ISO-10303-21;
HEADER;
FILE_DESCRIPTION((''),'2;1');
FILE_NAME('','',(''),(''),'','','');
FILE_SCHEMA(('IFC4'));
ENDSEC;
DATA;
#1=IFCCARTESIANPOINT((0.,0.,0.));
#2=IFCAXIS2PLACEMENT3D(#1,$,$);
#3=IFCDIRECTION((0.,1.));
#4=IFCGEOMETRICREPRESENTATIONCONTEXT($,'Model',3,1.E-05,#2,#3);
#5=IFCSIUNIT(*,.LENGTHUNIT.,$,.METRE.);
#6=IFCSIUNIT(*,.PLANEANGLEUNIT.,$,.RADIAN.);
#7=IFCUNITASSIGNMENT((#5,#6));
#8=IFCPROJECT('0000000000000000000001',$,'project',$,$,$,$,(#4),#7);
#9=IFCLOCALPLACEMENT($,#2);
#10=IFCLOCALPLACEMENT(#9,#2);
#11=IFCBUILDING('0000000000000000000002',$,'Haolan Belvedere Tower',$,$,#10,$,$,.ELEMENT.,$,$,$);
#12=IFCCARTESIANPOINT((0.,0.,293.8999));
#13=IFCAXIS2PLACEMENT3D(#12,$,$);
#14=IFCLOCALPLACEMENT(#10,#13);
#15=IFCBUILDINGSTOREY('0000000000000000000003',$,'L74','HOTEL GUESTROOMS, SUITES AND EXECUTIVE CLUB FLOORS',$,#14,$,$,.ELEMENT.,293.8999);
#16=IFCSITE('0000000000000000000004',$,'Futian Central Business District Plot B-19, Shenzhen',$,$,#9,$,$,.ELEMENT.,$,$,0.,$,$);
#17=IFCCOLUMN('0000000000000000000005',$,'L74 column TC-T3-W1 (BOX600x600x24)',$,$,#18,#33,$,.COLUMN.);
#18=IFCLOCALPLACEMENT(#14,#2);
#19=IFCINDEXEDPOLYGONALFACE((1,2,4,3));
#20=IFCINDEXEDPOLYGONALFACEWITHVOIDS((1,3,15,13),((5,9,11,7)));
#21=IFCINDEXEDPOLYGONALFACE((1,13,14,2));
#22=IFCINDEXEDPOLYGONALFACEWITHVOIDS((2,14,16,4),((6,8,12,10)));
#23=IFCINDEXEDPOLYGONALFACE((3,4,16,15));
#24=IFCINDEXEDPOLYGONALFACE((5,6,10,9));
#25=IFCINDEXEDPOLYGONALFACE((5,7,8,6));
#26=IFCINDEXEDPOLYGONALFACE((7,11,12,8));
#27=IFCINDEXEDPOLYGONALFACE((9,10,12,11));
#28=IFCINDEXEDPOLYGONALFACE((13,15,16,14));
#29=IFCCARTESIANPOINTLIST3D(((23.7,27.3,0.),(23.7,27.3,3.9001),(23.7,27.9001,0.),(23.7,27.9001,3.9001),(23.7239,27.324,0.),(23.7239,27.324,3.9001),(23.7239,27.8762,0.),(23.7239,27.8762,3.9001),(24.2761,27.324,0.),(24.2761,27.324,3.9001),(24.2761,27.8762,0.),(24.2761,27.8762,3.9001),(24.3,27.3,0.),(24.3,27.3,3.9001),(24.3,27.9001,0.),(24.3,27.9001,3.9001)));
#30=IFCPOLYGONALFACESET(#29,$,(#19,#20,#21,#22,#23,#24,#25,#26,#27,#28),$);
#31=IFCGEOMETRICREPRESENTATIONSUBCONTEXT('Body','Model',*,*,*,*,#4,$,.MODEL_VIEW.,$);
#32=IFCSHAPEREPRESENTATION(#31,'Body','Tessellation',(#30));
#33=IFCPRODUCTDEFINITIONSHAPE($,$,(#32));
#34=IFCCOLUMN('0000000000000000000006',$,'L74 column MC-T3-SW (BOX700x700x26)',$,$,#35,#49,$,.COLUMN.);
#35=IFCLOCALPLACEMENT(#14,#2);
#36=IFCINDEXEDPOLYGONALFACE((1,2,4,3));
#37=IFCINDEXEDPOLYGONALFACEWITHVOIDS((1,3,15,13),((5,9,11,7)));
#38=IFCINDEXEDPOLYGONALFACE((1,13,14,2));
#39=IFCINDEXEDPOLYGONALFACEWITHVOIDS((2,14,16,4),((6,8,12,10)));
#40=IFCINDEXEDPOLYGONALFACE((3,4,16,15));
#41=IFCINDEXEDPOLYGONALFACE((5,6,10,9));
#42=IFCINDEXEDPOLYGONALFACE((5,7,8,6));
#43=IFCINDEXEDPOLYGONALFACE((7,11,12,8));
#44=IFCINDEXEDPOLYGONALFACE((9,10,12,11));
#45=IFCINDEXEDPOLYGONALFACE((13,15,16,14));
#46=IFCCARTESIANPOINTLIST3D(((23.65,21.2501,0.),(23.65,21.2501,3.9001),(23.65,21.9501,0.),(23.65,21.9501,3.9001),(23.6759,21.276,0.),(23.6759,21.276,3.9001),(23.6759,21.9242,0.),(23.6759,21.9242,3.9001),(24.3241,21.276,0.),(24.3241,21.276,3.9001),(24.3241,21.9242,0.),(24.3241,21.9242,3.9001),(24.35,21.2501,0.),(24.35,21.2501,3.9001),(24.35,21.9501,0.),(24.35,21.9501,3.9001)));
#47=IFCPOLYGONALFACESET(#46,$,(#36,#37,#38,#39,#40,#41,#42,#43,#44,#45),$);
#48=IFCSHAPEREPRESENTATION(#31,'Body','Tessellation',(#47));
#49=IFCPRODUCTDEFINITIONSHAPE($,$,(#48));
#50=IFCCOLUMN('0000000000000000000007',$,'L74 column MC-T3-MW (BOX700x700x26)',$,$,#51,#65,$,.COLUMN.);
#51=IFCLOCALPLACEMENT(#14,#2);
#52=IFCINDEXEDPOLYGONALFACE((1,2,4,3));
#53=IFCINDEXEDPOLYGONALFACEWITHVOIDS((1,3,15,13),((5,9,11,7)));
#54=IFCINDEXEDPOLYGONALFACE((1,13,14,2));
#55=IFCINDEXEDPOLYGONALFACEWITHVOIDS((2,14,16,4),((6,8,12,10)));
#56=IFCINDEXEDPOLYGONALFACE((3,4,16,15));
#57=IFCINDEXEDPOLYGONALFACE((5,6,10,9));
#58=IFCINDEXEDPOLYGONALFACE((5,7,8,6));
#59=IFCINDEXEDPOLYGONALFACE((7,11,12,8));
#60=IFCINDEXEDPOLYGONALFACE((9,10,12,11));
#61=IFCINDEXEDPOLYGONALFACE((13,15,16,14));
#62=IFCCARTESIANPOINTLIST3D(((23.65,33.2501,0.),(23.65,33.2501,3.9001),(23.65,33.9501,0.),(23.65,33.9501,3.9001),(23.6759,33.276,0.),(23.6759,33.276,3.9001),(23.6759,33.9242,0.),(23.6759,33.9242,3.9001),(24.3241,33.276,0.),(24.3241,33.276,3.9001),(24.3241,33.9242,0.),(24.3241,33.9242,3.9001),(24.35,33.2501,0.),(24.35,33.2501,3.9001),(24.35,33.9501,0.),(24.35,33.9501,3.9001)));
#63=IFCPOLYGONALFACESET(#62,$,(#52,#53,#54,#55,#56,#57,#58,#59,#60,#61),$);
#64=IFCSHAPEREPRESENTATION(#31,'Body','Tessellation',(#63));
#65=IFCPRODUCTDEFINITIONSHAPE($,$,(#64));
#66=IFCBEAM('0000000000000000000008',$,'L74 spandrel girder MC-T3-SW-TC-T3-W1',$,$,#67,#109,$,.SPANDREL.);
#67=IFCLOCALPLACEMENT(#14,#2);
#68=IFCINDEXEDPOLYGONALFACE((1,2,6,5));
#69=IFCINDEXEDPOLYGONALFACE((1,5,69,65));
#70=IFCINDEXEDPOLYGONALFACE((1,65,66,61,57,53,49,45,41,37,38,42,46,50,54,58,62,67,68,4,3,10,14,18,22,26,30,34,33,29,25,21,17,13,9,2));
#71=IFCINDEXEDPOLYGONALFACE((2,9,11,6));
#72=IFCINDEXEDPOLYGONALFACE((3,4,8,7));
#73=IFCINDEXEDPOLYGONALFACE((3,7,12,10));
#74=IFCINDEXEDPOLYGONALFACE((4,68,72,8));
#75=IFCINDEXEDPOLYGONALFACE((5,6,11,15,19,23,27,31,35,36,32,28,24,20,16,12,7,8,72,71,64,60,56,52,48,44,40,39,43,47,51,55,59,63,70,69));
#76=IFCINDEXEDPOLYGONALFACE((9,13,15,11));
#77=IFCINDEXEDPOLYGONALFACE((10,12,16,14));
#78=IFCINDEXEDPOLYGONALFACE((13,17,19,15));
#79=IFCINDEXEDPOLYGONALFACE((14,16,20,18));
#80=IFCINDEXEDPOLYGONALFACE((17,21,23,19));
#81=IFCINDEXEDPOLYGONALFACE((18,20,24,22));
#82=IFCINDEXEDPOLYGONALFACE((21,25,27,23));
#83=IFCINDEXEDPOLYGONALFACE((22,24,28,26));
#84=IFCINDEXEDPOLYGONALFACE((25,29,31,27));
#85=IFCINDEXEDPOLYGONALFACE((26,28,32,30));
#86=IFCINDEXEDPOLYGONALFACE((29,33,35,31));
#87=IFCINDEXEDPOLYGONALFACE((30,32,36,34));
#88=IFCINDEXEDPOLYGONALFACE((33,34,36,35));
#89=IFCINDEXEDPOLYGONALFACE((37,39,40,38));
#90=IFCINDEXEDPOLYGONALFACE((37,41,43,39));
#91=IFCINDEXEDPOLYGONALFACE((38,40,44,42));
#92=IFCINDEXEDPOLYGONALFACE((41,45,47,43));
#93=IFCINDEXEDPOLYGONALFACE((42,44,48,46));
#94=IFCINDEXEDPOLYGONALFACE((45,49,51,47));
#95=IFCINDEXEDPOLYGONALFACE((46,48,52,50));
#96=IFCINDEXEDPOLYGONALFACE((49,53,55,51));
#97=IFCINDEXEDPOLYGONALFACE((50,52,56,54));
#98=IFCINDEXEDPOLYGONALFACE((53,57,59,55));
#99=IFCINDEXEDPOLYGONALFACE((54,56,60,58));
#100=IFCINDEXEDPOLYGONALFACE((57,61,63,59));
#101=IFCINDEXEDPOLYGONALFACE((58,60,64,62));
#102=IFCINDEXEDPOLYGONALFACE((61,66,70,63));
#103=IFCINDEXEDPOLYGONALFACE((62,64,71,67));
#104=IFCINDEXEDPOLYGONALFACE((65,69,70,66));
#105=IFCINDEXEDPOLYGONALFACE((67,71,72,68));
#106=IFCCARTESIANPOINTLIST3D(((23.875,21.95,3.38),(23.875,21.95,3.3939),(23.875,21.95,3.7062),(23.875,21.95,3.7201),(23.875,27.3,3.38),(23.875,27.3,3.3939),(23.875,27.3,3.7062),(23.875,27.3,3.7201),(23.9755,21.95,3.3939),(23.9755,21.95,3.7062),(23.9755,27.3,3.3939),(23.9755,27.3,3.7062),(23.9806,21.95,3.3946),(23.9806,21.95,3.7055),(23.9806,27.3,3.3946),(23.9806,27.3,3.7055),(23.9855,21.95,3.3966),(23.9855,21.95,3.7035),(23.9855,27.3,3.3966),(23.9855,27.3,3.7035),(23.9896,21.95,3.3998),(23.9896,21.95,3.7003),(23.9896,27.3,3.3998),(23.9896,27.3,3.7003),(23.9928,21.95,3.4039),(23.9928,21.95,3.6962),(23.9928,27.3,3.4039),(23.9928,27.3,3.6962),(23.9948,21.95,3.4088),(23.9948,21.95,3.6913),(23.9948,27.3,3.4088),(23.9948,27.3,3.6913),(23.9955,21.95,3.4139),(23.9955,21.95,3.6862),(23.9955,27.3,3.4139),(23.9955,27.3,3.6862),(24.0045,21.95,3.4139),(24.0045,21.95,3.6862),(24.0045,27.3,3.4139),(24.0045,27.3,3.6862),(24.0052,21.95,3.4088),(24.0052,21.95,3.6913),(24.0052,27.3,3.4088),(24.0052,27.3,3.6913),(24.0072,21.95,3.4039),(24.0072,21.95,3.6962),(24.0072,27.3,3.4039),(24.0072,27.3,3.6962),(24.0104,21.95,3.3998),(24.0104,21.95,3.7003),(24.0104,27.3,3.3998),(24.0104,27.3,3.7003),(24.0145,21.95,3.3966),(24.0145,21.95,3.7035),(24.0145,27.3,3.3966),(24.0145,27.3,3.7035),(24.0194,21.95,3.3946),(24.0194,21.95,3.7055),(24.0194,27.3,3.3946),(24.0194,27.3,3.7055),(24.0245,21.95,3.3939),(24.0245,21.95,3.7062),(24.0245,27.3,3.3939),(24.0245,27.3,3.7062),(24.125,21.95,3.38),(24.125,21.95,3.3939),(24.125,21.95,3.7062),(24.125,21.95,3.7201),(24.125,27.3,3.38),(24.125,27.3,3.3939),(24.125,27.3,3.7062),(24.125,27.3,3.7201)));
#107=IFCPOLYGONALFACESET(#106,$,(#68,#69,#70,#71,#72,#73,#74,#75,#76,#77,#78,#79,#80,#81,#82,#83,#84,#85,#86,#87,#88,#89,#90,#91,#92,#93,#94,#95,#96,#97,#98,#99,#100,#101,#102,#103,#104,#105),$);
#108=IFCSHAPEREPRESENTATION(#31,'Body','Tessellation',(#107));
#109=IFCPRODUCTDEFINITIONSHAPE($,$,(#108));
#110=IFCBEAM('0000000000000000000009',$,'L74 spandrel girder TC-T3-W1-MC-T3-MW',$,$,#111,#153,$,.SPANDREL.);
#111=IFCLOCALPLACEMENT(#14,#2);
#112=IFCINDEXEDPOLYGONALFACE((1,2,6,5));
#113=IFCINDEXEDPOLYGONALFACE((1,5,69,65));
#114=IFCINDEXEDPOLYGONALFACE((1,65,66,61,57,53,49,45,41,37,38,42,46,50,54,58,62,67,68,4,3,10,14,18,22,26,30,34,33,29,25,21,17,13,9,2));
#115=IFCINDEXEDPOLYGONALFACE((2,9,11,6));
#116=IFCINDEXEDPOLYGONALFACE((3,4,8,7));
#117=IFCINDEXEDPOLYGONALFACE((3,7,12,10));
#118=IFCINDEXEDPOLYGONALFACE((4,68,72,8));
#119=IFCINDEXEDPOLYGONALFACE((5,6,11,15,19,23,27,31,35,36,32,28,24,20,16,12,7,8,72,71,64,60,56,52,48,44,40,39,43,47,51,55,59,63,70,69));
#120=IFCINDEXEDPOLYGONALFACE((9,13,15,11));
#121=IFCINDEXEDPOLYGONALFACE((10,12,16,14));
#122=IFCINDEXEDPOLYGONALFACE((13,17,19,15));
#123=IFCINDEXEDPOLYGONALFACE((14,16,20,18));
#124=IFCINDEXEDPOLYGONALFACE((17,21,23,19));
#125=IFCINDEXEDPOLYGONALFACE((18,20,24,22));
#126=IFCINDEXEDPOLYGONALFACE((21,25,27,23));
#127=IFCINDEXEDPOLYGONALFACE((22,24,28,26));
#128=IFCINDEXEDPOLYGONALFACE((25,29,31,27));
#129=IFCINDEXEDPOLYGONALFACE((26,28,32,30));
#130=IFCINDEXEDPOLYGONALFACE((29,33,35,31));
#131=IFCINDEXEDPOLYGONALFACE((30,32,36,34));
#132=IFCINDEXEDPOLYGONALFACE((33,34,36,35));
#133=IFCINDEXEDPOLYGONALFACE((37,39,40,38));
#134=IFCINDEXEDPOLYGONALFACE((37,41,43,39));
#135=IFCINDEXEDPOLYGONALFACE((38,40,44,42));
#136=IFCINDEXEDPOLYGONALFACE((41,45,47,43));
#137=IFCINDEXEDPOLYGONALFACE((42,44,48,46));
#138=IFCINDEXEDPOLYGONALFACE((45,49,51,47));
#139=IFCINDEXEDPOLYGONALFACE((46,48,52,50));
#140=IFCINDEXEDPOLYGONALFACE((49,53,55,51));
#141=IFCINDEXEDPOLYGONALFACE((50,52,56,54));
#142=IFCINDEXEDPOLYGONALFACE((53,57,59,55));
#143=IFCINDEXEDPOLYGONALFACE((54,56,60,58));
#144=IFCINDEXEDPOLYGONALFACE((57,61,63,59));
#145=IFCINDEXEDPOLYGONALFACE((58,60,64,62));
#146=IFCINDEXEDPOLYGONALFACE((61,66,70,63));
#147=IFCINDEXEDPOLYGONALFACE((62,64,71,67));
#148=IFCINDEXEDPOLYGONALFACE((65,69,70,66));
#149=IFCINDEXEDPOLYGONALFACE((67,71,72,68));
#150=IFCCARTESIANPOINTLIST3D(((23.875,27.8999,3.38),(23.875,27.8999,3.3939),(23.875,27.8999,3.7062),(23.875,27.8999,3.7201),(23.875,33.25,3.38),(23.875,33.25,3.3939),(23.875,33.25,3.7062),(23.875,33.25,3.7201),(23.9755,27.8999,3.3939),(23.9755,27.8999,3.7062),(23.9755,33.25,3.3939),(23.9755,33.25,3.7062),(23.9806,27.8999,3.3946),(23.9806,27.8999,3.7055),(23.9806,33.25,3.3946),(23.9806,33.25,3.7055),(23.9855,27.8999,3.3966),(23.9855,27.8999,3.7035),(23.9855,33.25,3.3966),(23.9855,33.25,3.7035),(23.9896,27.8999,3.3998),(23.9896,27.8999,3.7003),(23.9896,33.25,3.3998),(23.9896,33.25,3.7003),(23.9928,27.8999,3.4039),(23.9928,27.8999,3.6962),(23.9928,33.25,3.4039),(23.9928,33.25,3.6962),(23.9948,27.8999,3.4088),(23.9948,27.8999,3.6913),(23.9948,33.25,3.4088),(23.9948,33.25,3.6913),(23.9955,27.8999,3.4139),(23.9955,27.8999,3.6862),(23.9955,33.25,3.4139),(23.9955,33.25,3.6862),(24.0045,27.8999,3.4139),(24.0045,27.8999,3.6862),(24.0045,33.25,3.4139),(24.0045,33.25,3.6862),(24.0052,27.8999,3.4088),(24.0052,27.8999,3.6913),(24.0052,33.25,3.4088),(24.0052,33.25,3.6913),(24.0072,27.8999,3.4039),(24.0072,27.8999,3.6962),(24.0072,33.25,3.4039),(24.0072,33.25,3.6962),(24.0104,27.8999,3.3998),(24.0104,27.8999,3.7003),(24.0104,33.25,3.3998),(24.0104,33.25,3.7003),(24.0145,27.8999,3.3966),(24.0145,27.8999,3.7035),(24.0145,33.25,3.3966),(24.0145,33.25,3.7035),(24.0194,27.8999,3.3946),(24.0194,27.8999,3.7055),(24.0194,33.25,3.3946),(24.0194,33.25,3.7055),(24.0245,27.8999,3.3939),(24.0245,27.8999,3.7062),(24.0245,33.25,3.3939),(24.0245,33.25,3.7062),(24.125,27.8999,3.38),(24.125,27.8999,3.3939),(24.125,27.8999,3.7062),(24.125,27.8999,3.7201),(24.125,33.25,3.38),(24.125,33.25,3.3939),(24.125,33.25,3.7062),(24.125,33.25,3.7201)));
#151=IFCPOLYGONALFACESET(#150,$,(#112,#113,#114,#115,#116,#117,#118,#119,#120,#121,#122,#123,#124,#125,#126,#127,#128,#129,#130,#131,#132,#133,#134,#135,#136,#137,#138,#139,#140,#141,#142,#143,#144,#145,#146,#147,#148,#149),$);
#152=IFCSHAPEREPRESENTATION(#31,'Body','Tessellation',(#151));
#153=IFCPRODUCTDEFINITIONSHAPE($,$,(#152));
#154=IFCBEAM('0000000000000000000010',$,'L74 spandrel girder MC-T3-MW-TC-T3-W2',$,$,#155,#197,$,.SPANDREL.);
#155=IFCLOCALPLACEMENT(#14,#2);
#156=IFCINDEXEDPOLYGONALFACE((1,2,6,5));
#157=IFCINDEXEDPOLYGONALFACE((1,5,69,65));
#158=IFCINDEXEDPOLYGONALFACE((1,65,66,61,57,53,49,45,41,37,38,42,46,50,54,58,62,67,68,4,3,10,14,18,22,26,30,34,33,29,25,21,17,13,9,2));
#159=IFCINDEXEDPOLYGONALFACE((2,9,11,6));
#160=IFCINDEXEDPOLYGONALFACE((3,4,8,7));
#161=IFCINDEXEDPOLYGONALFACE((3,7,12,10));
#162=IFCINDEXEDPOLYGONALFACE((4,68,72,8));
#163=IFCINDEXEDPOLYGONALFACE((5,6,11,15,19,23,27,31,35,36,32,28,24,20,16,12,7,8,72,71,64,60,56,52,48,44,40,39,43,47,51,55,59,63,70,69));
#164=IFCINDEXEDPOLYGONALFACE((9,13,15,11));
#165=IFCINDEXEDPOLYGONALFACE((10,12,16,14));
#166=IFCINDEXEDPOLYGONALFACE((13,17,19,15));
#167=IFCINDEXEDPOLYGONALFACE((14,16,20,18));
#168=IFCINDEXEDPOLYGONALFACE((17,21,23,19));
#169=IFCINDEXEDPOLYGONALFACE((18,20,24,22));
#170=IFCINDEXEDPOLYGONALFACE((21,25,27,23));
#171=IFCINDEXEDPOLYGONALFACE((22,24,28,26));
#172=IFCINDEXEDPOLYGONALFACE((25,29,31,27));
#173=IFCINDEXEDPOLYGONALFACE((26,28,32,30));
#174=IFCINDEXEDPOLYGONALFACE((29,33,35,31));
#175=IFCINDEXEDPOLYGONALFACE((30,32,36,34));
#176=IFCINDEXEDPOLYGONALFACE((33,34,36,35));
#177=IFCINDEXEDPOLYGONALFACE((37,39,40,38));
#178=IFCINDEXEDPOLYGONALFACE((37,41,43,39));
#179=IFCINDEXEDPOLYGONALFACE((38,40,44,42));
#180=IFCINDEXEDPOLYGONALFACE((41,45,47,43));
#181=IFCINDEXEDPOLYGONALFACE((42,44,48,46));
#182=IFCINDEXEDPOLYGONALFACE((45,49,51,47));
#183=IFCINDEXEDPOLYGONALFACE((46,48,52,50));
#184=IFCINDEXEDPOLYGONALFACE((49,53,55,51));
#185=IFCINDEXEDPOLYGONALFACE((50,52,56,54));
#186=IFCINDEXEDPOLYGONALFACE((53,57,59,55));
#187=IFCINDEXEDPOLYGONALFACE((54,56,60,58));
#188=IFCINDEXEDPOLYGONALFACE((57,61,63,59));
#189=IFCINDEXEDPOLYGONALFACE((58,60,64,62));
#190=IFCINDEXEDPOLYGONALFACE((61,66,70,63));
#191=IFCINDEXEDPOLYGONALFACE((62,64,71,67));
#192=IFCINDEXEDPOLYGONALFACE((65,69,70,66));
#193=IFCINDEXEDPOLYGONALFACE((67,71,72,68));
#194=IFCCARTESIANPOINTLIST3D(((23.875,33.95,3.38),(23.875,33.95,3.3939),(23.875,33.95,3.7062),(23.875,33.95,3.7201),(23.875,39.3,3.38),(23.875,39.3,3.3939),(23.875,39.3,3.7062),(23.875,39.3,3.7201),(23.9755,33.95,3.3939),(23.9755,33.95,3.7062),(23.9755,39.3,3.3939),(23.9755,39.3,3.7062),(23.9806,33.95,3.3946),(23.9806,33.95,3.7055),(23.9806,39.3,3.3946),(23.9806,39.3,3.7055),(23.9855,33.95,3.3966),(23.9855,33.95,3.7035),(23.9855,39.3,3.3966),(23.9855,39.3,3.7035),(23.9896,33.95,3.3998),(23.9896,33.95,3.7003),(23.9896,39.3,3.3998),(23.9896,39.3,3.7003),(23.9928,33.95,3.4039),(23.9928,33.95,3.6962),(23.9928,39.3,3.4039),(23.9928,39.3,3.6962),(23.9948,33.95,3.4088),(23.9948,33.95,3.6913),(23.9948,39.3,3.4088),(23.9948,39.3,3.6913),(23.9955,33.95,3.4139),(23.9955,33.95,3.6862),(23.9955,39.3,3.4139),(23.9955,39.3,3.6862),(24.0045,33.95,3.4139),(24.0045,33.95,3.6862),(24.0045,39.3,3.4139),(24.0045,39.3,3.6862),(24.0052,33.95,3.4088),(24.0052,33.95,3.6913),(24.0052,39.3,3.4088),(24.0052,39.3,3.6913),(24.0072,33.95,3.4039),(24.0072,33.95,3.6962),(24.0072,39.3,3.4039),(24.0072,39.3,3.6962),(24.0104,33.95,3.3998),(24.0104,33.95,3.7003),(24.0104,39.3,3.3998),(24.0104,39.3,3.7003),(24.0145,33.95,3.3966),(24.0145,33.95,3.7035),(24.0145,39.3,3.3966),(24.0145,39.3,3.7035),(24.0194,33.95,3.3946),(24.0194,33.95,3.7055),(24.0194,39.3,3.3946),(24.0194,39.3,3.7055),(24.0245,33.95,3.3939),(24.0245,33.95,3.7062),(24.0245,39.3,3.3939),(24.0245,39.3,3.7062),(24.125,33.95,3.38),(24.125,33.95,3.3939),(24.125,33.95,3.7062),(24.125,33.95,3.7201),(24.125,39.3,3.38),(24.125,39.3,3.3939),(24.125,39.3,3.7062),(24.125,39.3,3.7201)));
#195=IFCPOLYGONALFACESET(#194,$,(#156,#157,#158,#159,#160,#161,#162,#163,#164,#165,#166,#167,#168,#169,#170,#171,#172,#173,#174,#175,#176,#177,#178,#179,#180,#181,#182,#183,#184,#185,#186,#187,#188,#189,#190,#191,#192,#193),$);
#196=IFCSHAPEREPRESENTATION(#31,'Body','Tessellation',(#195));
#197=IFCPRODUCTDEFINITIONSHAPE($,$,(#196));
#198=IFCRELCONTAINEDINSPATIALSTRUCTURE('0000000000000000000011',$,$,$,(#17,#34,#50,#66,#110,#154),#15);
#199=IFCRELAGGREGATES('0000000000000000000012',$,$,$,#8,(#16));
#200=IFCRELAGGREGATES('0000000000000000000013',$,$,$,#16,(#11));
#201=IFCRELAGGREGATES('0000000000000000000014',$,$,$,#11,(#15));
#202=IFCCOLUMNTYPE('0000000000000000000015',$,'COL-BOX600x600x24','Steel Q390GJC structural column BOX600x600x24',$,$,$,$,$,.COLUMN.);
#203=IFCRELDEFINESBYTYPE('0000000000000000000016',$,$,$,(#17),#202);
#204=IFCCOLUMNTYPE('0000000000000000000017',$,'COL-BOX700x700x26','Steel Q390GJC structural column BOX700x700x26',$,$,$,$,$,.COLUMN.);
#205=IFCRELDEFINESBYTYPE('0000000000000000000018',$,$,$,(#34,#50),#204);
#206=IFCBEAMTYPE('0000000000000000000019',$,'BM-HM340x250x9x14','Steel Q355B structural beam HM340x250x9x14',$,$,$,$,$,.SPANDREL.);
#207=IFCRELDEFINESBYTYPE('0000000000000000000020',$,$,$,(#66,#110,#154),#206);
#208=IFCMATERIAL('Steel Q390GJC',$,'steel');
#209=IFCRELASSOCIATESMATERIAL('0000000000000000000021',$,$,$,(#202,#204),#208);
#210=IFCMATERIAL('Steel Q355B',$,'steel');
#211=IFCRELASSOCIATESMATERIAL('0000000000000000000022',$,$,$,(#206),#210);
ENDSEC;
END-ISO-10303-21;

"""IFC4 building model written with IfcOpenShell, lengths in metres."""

from ifc_helpers import new_model, si_unit, direction, frame, origin, origin_2d, place, context, subcontext, project, spatial, hollow_rectangle, i_section, extrude, material, material_profile, profile_set, type_object, element, save


model = new_model("IFC4")

# Units and contexts
model_context = context("Model", 3, precision=1e-05, world=origin(), true_north=direction((0.0, 1.0)))
body_context = subcontext(model_context, "Body", "Model", "MODEL_VIEW")
ifc_project = project(units=[si_unit("LENGTHUNIT", "METRE"), si_unit("PLANEANGLEUNIT", "RADIAN")], contexts=[model_context])

# Site, building, storey
site_placement = place(None, origin())
site = spatial("IfcSite", under=ifc_project, at=site_placement, Name="Futian Central Business District Plot B-19, Shenzhen", CompositionType="ELEMENT", RefElevation=0.0)
building_placement = place(site_placement, origin())
building = spatial("IfcBuilding", under=site, at=building_placement, Name="Haolan Belvedere Tower", CompositionType="ELEMENT")
storey_placement = place(building_placement, frame((0.0, 0.0, 293.8999)))
storey = spatial("IfcBuildingStorey", under=building, at=storey_placement, Name="L74", Description="HOTEL GUESTROOMS, SUITES AND EXECUTIVE CLUB FLOORS", CompositionType="ELEMENT", Elevation=293.8999)

# Columns
ifc_material_1 = material(Name="Steel Q390GJC", Category="steel")
ifc_material_profile_1 = material_profile(ifc_material_1, hollow_rectangle(XDim=0.6001, YDim=0.6001, WallThickness=0.0239, at=origin_2d()), Name="Steel Q390GJC")
ifc_profile_set_1 = profile_set([ifc_material_profile_1], Name="Steel Q390GJC")
column_type_1 = type_object("IfcColumnType", Name="COL-BOX600x600x24", Description="Steel Q390GJC structural column BOX600x600x24", PredefinedType="COLUMN", material=ifc_profile_set_1)
column_placement = place(storey_placement, frame((24.0, 27.6001, 0.0), z_axis=(0.0, 0.0, 1.0), x_axis=(1.0, 0.0, 0.0)))
element("IfcColumn", 1, at=column_placement, inside=storey, type_object=column_type_1, Name="L74 column TC-T3-W1 (BOX600x600x24)", PredefinedType="COLUMN", context=body_context, shape_type="SweptSolid", body=[
    extrude(hollow_rectangle(XDim=0.6001, YDim=0.6001, WallThickness=0.0239, at=origin_2d()), origin(), (0.0, 0.0, 1.0), 3.9001),
])
ifc_material_profile_2 = material_profile(ifc_material_1, hollow_rectangle(XDim=0.7, YDim=0.7, WallThickness=0.0259, at=origin_2d()), Name="Steel Q390GJC")
ifc_profile_set_2 = profile_set([ifc_material_profile_2], Name="Steel Q390GJC")
column_type_2 = type_object("IfcColumnType", Name="COL-BOX700x700x26", Description="Steel Q390GJC structural column BOX700x700x26", PredefinedType="COLUMN", material=ifc_profile_set_2)
for number, where, z_axis, x_axis, name in (
    (2, (24.0, 21.6001, 0.0), (0.0, 0.0, 1.0), (1.0, 0.0, 0.0), "L74 column MC-T3-SW (BOX700x700x26)"),
    (3, (24.0, 33.6001, 0.0), (0.0, 0.0, 1.0), (1.0, 0.0, 0.0), "L74 column MC-T3-MW (BOX700x700x26)"),
):
    element("IfcColumn", number, at=place(storey_placement, frame(where, z_axis=z_axis, x_axis=x_axis)), inside=storey, type_object=column_type_2, Name=name, PredefinedType="COLUMN", context=body_context, shape_type="SweptSolid", body=[
        extrude(hollow_rectangle(XDim=0.7, YDim=0.7, WallThickness=0.0259, at=origin_2d()), origin(), (0.0, 0.0, 1.0), 3.9001),
    ])

# Beams
ifc_material_2 = material(Name="Steel Q355B", Category="steel")
ifc_material_profile_3 = material_profile(ifc_material_2, i_section(OverallWidth=0.25, OverallDepth=0.3401, WebThickness=0.009, FlangeThickness=0.0139, FilletRadius=0.02, at=origin_2d()), Name="Steel Q355B")
ifc_profile_set_3 = profile_set([ifc_material_profile_3], Name="Steel Q355B")
beam_type_1 = type_object("IfcBeamType", Name="BM-HM340x250x9x14", Description="Steel Q355B structural beam HM340x250x9x14", PredefinedType="SPANDREL", material=ifc_profile_set_3)
for number, where, z_axis, x_axis, name in (
    (4, (24.0, 21.95, 3.55), (0.0, 1.0, 0.0), (-1.0, 0.0, 0.0), "L74 spandrel girder MC-T3-SW-TC-T3-W1"),
    (5, (24.0, 27.8999, 3.55), (0.0, 1.0, 0.0), (-1.0, 0.0, 0.0), "L74 spandrel girder TC-T3-W1-MC-T3-MW"),
    (6, (24.0, 33.95, 3.55), (0.0, 1.0, 0.0), (-1.0, 0.0, 0.0), "L74 spandrel girder MC-T3-MW-TC-T3-W2"),
):
    element("IfcBeam", number, at=place(storey_placement, frame(where, z_axis=z_axis, x_axis=x_axis)), inside=storey, type_object=beam_type_1, Name=name, PredefinedType="SPANDREL", context=body_context, shape_type="SweptSolid", body=[
        extrude(i_section(OverallWidth=0.25, OverallDepth=0.3401, WebThickness=0.009, FlangeThickness=0.0139, FilletRadius=0.02, at=origin_2d()), origin(), (0.0, 0.0, 1.0), 5.3501),
    ])

save(model, "model.ifc")
